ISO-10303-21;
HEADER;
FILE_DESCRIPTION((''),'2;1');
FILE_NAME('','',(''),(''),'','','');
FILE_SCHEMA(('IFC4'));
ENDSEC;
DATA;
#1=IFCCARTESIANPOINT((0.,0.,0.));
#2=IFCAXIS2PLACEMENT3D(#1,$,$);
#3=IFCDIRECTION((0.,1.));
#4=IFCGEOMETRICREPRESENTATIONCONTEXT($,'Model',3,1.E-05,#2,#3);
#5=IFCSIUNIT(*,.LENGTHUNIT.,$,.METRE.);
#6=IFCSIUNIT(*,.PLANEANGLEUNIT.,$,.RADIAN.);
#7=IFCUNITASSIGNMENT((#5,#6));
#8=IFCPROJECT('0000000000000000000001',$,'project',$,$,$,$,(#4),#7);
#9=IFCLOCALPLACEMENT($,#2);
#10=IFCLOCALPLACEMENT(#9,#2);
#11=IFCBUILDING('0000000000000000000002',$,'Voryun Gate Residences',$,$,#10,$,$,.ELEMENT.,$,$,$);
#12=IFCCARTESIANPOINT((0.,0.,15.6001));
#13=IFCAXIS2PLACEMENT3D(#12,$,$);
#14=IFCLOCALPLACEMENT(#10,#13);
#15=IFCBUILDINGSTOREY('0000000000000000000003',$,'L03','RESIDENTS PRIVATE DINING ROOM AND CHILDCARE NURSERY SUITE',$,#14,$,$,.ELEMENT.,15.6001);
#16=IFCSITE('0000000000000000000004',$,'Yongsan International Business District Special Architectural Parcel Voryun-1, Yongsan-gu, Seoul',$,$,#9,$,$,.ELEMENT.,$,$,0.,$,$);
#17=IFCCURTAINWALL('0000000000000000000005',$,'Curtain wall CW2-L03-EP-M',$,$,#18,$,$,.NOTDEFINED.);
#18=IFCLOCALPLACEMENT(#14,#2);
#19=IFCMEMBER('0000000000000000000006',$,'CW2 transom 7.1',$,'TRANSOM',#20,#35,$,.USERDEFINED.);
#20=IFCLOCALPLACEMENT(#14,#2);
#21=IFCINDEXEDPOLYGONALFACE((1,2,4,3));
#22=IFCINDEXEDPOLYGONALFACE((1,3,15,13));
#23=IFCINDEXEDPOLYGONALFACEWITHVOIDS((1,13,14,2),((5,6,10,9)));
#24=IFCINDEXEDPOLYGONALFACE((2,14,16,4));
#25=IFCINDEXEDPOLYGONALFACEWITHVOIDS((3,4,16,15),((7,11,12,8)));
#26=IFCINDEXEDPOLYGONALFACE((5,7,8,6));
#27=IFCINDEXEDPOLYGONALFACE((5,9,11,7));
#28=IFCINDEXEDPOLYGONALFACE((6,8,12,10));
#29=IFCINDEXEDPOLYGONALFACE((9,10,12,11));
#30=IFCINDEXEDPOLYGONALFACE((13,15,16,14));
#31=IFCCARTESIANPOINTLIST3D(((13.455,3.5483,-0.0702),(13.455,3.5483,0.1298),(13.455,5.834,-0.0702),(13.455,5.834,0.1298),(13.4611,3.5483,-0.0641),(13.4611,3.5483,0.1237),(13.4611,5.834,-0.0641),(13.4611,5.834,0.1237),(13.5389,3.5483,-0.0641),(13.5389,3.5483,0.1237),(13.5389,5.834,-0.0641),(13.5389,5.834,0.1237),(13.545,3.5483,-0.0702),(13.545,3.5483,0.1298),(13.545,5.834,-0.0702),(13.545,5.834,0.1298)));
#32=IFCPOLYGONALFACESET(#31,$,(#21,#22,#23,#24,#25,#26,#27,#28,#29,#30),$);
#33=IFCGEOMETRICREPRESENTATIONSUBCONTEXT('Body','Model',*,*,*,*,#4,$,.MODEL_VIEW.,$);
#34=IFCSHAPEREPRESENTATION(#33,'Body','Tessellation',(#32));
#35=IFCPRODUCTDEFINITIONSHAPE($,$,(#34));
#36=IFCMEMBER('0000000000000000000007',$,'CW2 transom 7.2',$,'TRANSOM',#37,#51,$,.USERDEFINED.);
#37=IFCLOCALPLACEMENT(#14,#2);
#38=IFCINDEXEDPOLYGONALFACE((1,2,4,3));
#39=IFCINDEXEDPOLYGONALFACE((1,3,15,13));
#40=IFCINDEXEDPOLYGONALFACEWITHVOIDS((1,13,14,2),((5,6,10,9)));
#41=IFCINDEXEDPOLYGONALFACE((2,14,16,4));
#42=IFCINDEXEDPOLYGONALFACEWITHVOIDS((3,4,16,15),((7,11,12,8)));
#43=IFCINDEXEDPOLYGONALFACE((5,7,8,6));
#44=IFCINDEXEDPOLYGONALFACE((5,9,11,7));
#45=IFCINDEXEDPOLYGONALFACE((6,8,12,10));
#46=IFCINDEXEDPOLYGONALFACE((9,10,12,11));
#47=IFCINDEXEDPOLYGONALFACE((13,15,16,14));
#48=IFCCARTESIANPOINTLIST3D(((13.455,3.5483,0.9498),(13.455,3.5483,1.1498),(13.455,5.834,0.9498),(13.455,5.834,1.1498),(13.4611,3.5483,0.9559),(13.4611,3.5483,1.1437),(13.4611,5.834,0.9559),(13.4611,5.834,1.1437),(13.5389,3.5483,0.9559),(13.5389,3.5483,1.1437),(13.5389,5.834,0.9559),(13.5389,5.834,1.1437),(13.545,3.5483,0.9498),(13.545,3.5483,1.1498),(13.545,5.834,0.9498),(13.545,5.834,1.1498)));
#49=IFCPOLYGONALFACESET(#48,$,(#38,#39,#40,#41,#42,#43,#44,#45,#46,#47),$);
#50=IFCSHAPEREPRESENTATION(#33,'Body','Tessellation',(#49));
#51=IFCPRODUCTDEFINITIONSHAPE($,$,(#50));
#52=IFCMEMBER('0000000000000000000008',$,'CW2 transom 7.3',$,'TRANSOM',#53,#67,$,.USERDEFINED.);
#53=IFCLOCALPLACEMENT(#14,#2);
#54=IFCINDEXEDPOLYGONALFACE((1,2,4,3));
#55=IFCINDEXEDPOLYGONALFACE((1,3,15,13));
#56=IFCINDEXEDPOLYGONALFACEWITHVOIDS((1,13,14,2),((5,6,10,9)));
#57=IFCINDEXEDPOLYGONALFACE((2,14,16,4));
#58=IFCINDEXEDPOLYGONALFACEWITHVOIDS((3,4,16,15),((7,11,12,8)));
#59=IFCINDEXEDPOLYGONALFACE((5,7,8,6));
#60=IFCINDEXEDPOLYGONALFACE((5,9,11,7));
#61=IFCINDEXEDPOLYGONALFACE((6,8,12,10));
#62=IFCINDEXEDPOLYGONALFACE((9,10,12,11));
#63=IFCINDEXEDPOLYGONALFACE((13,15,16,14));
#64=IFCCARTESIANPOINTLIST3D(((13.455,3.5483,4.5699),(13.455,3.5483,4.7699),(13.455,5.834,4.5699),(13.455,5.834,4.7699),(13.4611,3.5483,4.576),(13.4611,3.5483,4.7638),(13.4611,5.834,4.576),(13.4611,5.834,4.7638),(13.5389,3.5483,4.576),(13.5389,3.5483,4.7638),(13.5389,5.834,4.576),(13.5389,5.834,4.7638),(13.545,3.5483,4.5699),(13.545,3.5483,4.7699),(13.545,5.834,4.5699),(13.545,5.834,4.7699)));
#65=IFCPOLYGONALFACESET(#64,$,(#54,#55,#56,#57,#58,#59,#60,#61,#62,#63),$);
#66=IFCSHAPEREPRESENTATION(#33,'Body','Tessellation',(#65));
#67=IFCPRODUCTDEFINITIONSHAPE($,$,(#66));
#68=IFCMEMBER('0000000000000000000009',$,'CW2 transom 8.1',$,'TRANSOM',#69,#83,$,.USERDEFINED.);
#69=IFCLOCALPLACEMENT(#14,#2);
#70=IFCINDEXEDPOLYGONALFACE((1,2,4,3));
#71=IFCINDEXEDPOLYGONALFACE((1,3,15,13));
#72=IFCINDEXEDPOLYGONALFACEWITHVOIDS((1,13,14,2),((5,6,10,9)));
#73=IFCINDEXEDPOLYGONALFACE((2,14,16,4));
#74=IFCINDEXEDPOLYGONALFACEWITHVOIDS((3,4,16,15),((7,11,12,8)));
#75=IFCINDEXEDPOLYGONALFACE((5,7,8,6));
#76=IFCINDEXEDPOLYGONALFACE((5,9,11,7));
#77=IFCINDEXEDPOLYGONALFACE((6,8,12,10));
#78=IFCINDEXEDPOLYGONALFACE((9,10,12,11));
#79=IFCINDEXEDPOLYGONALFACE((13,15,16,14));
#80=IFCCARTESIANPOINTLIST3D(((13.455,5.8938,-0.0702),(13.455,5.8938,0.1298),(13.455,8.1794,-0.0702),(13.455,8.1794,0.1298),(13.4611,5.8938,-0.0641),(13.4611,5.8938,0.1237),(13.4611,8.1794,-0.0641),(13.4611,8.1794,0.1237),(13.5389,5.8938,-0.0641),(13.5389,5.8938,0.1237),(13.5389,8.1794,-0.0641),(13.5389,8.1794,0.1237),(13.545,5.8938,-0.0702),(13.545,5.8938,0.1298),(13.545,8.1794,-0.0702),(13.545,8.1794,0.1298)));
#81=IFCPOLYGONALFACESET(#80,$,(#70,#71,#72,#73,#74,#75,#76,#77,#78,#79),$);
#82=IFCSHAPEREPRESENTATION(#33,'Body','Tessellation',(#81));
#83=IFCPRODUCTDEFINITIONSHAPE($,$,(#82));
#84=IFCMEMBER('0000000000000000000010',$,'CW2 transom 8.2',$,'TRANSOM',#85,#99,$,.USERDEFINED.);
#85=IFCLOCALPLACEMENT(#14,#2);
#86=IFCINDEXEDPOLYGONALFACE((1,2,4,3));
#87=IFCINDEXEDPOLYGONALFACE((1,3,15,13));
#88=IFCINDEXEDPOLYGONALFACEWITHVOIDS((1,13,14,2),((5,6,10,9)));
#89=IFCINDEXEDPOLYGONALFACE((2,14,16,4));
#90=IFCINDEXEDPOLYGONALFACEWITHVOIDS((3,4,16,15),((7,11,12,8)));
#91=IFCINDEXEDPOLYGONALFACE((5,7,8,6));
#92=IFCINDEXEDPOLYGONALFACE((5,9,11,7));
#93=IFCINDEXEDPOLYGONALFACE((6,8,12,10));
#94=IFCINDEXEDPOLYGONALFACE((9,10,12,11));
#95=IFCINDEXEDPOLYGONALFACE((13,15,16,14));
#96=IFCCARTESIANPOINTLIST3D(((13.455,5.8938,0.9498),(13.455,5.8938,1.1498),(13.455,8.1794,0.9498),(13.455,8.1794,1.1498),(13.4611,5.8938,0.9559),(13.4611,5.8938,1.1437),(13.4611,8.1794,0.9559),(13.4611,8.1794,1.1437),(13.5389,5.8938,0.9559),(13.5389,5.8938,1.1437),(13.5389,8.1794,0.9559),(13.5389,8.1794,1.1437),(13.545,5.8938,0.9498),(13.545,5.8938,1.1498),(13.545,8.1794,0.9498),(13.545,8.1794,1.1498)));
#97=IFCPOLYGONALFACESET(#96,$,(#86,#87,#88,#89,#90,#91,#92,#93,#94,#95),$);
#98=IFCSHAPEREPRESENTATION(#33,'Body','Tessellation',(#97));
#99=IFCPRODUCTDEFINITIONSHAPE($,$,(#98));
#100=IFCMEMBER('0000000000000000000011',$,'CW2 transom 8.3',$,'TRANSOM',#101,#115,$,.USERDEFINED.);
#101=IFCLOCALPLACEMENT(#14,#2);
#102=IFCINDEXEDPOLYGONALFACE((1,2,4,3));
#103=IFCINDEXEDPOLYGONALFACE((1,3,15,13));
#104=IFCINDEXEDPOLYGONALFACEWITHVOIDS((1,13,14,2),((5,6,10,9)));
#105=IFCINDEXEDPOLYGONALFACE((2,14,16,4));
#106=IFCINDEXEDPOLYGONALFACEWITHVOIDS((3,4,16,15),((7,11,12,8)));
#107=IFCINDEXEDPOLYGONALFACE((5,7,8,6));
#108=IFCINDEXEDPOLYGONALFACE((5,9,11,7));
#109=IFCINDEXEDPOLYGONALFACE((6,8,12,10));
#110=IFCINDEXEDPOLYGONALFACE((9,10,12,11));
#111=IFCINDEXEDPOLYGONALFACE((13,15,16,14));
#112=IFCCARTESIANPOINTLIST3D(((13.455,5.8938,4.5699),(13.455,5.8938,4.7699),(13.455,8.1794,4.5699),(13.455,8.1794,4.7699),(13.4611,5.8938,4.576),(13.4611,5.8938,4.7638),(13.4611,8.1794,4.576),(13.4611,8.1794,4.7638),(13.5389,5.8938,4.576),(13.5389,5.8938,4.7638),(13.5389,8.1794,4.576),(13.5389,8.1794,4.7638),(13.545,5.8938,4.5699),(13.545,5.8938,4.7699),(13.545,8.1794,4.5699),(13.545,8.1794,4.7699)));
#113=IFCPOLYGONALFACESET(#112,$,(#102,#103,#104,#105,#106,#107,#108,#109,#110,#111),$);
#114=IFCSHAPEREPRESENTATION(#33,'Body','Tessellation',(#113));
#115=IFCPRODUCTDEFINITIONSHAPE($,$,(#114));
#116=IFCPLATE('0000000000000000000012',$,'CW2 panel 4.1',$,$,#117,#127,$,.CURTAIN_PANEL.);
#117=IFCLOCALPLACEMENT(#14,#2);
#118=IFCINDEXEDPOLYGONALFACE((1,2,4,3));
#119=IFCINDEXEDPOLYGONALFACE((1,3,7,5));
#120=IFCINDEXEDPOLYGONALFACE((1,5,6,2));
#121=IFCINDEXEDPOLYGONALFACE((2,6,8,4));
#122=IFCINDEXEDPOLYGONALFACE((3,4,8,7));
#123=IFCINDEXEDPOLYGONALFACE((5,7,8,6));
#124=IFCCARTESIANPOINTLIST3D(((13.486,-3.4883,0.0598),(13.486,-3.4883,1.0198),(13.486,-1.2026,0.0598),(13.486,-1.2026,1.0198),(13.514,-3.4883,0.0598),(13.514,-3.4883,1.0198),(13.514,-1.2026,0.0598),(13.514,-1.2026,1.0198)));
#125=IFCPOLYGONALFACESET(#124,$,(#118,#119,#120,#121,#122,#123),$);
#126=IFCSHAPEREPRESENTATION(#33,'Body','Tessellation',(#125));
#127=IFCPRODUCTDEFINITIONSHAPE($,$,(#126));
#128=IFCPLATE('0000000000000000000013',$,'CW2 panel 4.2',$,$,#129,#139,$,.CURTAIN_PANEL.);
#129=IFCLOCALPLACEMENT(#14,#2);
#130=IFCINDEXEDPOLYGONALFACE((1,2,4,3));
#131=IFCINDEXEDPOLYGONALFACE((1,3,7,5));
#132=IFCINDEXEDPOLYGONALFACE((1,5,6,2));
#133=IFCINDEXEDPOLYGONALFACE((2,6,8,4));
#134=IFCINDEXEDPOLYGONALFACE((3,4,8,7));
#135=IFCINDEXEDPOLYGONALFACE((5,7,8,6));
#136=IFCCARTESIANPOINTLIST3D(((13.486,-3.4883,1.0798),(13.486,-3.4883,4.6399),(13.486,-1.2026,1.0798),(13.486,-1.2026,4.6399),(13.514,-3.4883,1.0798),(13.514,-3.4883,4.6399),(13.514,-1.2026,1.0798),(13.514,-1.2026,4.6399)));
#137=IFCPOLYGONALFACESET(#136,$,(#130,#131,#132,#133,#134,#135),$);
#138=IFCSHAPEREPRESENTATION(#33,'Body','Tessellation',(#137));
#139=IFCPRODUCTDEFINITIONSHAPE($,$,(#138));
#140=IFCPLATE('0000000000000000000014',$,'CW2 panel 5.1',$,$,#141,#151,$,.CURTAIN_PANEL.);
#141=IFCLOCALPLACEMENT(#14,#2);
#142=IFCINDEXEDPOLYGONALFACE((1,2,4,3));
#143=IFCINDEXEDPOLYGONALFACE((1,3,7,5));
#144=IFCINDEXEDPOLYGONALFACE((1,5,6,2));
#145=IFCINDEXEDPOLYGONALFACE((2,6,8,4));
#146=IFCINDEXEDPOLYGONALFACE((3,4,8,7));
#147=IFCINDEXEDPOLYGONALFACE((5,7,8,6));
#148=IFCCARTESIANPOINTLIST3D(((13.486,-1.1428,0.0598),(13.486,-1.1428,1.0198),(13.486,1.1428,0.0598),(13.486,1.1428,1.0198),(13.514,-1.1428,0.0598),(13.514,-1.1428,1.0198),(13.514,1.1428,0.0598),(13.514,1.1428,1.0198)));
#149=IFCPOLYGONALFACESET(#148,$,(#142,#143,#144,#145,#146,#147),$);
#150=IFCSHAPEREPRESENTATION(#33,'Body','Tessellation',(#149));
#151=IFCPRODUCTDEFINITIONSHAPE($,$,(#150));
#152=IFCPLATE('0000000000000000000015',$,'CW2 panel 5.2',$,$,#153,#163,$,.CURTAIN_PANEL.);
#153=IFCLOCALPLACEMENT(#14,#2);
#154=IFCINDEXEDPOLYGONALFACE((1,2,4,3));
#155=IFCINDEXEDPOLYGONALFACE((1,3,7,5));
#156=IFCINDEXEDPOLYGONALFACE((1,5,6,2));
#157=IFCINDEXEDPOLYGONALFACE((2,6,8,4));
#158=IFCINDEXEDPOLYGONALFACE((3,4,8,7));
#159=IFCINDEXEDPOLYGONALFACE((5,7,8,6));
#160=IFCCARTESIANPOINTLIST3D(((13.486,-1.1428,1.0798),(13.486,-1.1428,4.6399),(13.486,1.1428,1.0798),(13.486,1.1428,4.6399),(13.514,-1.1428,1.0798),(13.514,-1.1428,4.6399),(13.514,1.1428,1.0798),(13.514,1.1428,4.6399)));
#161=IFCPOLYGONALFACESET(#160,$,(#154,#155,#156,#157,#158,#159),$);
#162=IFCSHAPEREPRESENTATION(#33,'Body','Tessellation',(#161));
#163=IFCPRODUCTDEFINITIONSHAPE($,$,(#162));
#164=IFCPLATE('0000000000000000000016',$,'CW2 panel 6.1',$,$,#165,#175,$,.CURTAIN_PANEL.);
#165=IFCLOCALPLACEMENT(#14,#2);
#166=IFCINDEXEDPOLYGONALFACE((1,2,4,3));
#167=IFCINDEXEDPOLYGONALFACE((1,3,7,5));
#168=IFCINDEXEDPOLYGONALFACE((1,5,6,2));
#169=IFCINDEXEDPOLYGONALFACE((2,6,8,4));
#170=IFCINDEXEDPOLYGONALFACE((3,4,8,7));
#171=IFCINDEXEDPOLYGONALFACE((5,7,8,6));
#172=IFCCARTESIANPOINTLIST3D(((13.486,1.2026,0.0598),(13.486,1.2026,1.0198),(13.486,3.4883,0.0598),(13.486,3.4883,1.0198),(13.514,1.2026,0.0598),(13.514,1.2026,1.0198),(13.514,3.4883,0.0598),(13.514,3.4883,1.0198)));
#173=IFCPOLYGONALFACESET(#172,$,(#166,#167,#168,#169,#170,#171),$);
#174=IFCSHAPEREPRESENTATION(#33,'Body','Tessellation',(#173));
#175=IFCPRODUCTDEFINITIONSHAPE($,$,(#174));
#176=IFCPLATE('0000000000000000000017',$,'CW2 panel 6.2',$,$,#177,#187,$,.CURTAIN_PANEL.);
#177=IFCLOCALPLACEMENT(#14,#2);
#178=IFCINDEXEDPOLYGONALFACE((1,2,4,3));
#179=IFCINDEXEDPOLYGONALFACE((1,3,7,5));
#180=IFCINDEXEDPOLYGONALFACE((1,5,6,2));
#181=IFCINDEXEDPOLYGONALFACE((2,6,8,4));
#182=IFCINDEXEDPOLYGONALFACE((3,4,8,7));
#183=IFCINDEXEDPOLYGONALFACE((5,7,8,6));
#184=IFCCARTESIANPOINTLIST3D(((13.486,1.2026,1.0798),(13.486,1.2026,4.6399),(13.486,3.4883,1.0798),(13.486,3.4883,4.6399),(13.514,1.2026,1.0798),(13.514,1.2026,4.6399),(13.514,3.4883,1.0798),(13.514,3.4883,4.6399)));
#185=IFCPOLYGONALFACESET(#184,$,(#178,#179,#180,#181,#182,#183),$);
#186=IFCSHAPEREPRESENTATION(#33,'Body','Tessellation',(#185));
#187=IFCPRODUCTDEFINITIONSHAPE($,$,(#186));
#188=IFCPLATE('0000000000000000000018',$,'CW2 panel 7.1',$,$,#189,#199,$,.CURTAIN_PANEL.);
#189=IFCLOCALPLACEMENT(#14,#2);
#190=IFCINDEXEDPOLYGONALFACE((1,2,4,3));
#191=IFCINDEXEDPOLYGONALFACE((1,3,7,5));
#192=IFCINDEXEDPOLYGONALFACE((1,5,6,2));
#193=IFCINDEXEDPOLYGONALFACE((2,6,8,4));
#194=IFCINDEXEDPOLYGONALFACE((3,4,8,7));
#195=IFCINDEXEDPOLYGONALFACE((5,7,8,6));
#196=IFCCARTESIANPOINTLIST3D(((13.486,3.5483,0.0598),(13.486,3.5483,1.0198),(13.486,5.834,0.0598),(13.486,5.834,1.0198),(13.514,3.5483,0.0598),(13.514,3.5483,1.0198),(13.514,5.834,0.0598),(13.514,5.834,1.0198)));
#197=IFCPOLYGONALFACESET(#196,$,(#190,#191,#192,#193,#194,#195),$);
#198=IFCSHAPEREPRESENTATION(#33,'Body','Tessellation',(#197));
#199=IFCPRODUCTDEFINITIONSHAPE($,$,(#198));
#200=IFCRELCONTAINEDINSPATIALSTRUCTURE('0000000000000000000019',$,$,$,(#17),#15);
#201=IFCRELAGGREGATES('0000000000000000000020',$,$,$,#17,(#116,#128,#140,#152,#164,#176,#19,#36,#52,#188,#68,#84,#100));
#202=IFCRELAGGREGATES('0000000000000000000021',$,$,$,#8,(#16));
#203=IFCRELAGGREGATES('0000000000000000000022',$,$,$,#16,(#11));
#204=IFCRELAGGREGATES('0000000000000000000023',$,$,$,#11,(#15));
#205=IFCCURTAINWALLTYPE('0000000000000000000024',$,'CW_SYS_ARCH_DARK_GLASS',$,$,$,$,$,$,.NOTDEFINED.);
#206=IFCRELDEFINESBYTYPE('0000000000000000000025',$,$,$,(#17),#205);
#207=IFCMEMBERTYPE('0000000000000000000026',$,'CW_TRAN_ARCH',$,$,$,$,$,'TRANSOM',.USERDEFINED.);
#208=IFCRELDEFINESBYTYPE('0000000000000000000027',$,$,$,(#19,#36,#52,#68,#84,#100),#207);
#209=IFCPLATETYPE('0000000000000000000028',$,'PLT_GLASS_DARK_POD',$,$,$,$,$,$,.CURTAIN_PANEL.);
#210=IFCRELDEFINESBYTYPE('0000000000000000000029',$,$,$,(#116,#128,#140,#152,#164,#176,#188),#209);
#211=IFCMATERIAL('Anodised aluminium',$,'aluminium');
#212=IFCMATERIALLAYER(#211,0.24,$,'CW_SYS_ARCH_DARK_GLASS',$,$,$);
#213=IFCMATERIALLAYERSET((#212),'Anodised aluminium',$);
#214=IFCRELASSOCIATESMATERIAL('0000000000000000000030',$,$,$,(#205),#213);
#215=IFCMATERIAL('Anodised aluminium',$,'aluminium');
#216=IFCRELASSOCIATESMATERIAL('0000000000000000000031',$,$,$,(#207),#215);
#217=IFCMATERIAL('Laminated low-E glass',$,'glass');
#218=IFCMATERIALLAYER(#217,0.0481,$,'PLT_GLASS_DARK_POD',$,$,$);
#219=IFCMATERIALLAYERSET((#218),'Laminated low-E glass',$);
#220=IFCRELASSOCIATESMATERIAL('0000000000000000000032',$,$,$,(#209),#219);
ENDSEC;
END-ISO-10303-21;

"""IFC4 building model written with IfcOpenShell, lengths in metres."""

from ifc_helpers import new_model, si_unit, direction, frame, origin, origin_2d, place, context, subcontext, project, spatial, rectangle, hollow_rectangle, extrude, material, layer, layer_set, material_profile, profile_set, type_object, element, aggregate, save


model = new_model("IFC4")

# Units and contexts
model_context = context("Model", 3, precision=1e-05, world=origin(), true_north=direction((0.0, 1.0)))
body_context = subcontext(model_context, "Body", "Model", "MODEL_VIEW")
ifc_project = project(units=[si_unit("LENGTHUNIT", "METRE"), si_unit("PLANEANGLEUNIT", "RADIAN")], contexts=[model_context])

# Site, building, storey
site_placement = place(None, origin())
site = spatial("IfcSite", under=ifc_project, at=site_placement, Name="Yongsan International Business District Special Architectural Parcel Voryun-1, Yongsan-gu, Seoul", CompositionType="ELEMENT", RefElevation=0.0)
building_placement = place(site_placement, origin())
building = spatial("IfcBuilding", under=site, at=building_placement, Name="Voryun Gate Residences", CompositionType="ELEMENT")
storey_placement = place(building_placement, frame((0.0, 0.0, 15.6001)))
storey = spatial("IfcBuildingStorey", under=building, at=storey_placement, Name="L03", Description="RESIDENTS PRIVATE DINING ROOM AND CHILDCARE NURSERY SUITE", CompositionType="ELEMENT", Elevation=15.6001)

# Curtain wall, members, plates
ifc_material_1 = material(Name="Anodised aluminium", Category="aluminium")
ifc_layer_1 = layer(ifc_material_1, 0.24, Name="CW_SYS_ARCH_DARK_GLASS")
ifc_layer_set_1 = layer_set([ifc_layer_1], Name="Anodised aluminium")
curtain_wall_type = type_object("IfcCurtainWallType", Name="CW_SYS_ARCH_DARK_GLASS", PredefinedType="NOTDEFINED", material=ifc_layer_set_1)
curtain_wall_placement = place(storey_placement, origin())
curtain_wall = element("IfcCurtainWall", 1, at=curtain_wall_placement, inside=storey, type_object=curtain_wall_type, Name="Curtain wall CW2-L03-EP-M", PredefinedType="NOTDEFINED")
ifc_material_2 = material(Name="Anodised aluminium", Category="aluminium")
ifc_material_profile_1 = material_profile(ifc_material_2, hollow_rectangle(XDim=0.0901, YDim=0.2, WallThickness=0.0061, at=origin_2d()), Name="ALU-TRAN-200x90x6")
ifc_profile_set_1 = profile_set([ifc_material_profile_1], Name="Anodised aluminium")
member_type_1 = type_object("IfcMemberType", Name="CW_TRAN_ARCH", ElementType="TRANSOM", PredefinedType="USERDEFINED", material=ifc_profile_set_1)
member_1_placement = place(storey_placement, frame((13.5, 3.5483, 0.0298), z_axis=(0.0, 1.0, 0.0), x_axis=(-1.0, 0.0, 0.0)))
member_1 = element("IfcMember", 2, at=member_1_placement, type_object=member_type_1, Name="CW2 transom 7.1", ObjectType="TRANSOM", PredefinedType="USERDEFINED", context=body_context, shape_type="SweptSolid", body=[
    extrude(hollow_rectangle(XDim=0.0901, YDim=0.2, WallThickness=0.0061, at=origin_2d()), origin(), (0.0, 0.0, 1.0), 2.2856),
])
member_2_placement = place(storey_placement, frame((13.5, 3.5483, 1.0498), z_axis=(0.0, 1.0, 0.0), x_axis=(-1.0, 0.0, 0.0)))
member_2 = element("IfcMember", 3, at=member_2_placement, type_object=member_type_1, Name="CW2 transom 7.2", ObjectType="TRANSOM", PredefinedType="USERDEFINED", context=body_context, shape_type="SweptSolid", body=[
    extrude(hollow_rectangle(XDim=0.0901, YDim=0.2, WallThickness=0.0061, at=origin_2d()), origin(), (0.0, 0.0, 1.0), 2.2856),
])
member_3_placement = place(storey_placement, frame((13.5, 3.5483, 4.6699), z_axis=(0.0, 1.0, 0.0), x_axis=(-1.0, 0.0, 0.0)))
member_3 = element("IfcMember", 4, at=member_3_placement, type_object=member_type_1, Name="CW2 transom 7.3", ObjectType="TRANSOM", PredefinedType="USERDEFINED", context=body_context, shape_type="SweptSolid", body=[
    extrude(hollow_rectangle(XDim=0.0901, YDim=0.2, WallThickness=0.0061, at=origin_2d()), origin(), (0.0, 0.0, 1.0), 2.2856),
])
member_4_placement = place(storey_placement, frame((13.5, 5.8938, 0.0298), z_axis=(0.0, 1.0, 0.0), x_axis=(-1.0, 0.0, 0.0)))
member_4 = element("IfcMember", 5, at=member_4_placement, type_object=member_type_1, Name="CW2 transom 8.1", ObjectType="TRANSOM", PredefinedType="USERDEFINED", context=body_context, shape_type="SweptSolid", body=[
    extrude(hollow_rectangle(XDim=0.0901, YDim=0.2, WallThickness=0.0061, at=origin_2d()), origin(), (0.0, 0.0, 1.0), 2.2856),
])
member_5_placement = place(storey_placement, frame((13.5, 5.8938, 1.0498), z_axis=(0.0, 1.0, 0.0), x_axis=(-1.0, 0.0, 0.0)))
member_5 = element("IfcMember", 6, at=member_5_placement, type_object=member_type_1, Name="CW2 transom 8.2", ObjectType="TRANSOM", PredefinedType="USERDEFINED", context=body_context, shape_type="SweptSolid", body=[
    extrude(hollow_rectangle(XDim=0.0901, YDim=0.2, WallThickness=0.0061, at=origin_2d()), origin(), (0.0, 0.0, 1.0), 2.2856),
])
member_6_placement = place(storey_placement, frame((13.5, 5.8938, 4.6699), z_axis=(0.0, 1.0, 0.0), x_axis=(-1.0, 0.0, 0.0)))
member_6 = element("IfcMember", 7, at=member_6_placement, type_object=member_type_1, Name="CW2 transom 8.3", ObjectType="TRANSOM", PredefinedType="USERDEFINED", context=body_context, shape_type="SweptSolid", body=[
    extrude(hollow_rectangle(XDim=0.0901, YDim=0.2, WallThickness=0.0061, at=origin_2d()), origin(), (0.0, 0.0, 1.0), 2.2856),
])
ifc_material_3 = material(Name="Laminated low-E glass", Category="glass")
ifc_layer_2 = layer(ifc_material_3, 0.0481, Name="PLT_GLASS_DARK_POD")
ifc_layer_set_2 = layer_set([ifc_layer_2], Name="Laminated low-E glass")
plate_type = type_object("IfcPlateType", Name="PLT_GLASS_DARK_POD", PredefinedType="CURTAIN_PANEL", material=ifc_layer_set_2)
plate_1_placement = place(storey_placement, frame((13.5, -2.3455, 0.0598), z_axis=(0.0, 0.0, 1.0), x_axis=(0.0, 1.0, 0.0)))
plate_1 = element("IfcPlate", 8, at=plate_1_placement, type_object=plate_type, Name="CW2 panel 4.1", PredefinedType="CURTAIN_PANEL", context=body_context, shape_type="SweptSolid", body=[
    extrude(rectangle(XDim=2.2856, YDim=0.0281, at=origin_2d()), origin(), (0.0, 0.0, 1.0), 0.96),
])
plate_2_placement = place(storey_placement, frame((13.5, -2.3455, 1.0798), z_axis=(0.0, 0.0, 1.0), x_axis=(0.0, 1.0, 0.0)))
plate_2 = element("IfcPlate", 9, at=plate_2_placement, type_object=plate_type, Name="CW2 panel 4.2", PredefinedType="CURTAIN_PANEL", context=body_context, shape_type="SweptSolid", body=[
    extrude(rectangle(XDim=2.2856, YDim=0.0281, at=origin_2d()), origin(), (0.0, 0.0, 1.0), 3.5601),
])
plate_3_placement = place(storey_placement, frame((13.5, 0.0, 0.0598), z_axis=(0.0, 0.0, 1.0), x_axis=(0.0, 1.0, 0.0)))
plate_3 = element("IfcPlate", 10, at=plate_3_placement, type_object=plate_type, Name="CW2 panel 5.1", PredefinedType="CURTAIN_PANEL", context=body_context, shape_type="SweptSolid", body=[
    extrude(rectangle(XDim=2.2856, YDim=0.0281, at=origin_2d()), origin(), (0.0, 0.0, 1.0), 0.96),
])
plate_4_placement = place(storey_placement, frame((13.5, 0.0, 1.0798), z_axis=(0.0, 0.0, 1.0), x_axis=(0.0, 1.0, 0.0)))
plate_4 = element("IfcPlate", 11, at=plate_4_placement, type_object=plate_type, Name="CW2 panel 5.2", PredefinedType="CURTAIN_PANEL", context=body_context, shape_type="SweptSolid", body=[
    extrude(rectangle(XDim=2.2856, YDim=0.0281, at=origin_2d()), origin(), (0.0, 0.0, 1.0), 3.5601),
])
plate_5_placement = place(storey_placement, frame((13.5, 2.3455, 0.0598), z_axis=(0.0, 0.0, 1.0), x_axis=(0.0, 1.0, 0.0)))
plate_5 = element("IfcPlate", 12, at=plate_5_placement, type_object=plate_type, Name="CW2 panel 6.1", PredefinedType="CURTAIN_PANEL", context=body_context, shape_type="SweptSolid", body=[
    extrude(rectangle(XDim=2.2856, YDim=0.0281, at=origin_2d()), origin(), (0.0, 0.0, 1.0), 0.96),
])
plate_6_placement = place(storey_placement, frame((13.5, 2.3455, 1.0798), z_axis=(0.0, 0.0, 1.0), x_axis=(0.0, 1.0, 0.0)))
plate_6 = element("IfcPlate", 13, at=plate_6_placement, type_object=plate_type, Name="CW2 panel 6.2", PredefinedType="CURTAIN_PANEL", context=body_context, shape_type="SweptSolid", body=[
    extrude(rectangle(XDim=2.2856, YDim=0.0281, at=origin_2d()), origin(), (0.0, 0.0, 1.0), 3.5601),
])
plate_7_placement = place(storey_placement, frame((13.5, 4.6912, 0.0598), z_axis=(0.0, 0.0, 1.0), x_axis=(0.0, 1.0, 0.0)))
plate_7 = element("IfcPlate", 14, at=plate_7_placement, type_object=plate_type, Name="CW2 panel 7.1", PredefinedType="CURTAIN_PANEL", context=body_context, shape_type="SweptSolid", body=[
    extrude(rectangle(XDim=2.2856, YDim=0.0281, at=origin_2d()), origin(), (0.0, 0.0, 1.0), 0.96),
])
aggregate(curtain_wall, [plate_1, plate_2, plate_3, plate_4, plate_5, plate_6, member_1, member_2, member_3, plate_7, member_4, member_5, member_6])

save(model, "model.ifc")
